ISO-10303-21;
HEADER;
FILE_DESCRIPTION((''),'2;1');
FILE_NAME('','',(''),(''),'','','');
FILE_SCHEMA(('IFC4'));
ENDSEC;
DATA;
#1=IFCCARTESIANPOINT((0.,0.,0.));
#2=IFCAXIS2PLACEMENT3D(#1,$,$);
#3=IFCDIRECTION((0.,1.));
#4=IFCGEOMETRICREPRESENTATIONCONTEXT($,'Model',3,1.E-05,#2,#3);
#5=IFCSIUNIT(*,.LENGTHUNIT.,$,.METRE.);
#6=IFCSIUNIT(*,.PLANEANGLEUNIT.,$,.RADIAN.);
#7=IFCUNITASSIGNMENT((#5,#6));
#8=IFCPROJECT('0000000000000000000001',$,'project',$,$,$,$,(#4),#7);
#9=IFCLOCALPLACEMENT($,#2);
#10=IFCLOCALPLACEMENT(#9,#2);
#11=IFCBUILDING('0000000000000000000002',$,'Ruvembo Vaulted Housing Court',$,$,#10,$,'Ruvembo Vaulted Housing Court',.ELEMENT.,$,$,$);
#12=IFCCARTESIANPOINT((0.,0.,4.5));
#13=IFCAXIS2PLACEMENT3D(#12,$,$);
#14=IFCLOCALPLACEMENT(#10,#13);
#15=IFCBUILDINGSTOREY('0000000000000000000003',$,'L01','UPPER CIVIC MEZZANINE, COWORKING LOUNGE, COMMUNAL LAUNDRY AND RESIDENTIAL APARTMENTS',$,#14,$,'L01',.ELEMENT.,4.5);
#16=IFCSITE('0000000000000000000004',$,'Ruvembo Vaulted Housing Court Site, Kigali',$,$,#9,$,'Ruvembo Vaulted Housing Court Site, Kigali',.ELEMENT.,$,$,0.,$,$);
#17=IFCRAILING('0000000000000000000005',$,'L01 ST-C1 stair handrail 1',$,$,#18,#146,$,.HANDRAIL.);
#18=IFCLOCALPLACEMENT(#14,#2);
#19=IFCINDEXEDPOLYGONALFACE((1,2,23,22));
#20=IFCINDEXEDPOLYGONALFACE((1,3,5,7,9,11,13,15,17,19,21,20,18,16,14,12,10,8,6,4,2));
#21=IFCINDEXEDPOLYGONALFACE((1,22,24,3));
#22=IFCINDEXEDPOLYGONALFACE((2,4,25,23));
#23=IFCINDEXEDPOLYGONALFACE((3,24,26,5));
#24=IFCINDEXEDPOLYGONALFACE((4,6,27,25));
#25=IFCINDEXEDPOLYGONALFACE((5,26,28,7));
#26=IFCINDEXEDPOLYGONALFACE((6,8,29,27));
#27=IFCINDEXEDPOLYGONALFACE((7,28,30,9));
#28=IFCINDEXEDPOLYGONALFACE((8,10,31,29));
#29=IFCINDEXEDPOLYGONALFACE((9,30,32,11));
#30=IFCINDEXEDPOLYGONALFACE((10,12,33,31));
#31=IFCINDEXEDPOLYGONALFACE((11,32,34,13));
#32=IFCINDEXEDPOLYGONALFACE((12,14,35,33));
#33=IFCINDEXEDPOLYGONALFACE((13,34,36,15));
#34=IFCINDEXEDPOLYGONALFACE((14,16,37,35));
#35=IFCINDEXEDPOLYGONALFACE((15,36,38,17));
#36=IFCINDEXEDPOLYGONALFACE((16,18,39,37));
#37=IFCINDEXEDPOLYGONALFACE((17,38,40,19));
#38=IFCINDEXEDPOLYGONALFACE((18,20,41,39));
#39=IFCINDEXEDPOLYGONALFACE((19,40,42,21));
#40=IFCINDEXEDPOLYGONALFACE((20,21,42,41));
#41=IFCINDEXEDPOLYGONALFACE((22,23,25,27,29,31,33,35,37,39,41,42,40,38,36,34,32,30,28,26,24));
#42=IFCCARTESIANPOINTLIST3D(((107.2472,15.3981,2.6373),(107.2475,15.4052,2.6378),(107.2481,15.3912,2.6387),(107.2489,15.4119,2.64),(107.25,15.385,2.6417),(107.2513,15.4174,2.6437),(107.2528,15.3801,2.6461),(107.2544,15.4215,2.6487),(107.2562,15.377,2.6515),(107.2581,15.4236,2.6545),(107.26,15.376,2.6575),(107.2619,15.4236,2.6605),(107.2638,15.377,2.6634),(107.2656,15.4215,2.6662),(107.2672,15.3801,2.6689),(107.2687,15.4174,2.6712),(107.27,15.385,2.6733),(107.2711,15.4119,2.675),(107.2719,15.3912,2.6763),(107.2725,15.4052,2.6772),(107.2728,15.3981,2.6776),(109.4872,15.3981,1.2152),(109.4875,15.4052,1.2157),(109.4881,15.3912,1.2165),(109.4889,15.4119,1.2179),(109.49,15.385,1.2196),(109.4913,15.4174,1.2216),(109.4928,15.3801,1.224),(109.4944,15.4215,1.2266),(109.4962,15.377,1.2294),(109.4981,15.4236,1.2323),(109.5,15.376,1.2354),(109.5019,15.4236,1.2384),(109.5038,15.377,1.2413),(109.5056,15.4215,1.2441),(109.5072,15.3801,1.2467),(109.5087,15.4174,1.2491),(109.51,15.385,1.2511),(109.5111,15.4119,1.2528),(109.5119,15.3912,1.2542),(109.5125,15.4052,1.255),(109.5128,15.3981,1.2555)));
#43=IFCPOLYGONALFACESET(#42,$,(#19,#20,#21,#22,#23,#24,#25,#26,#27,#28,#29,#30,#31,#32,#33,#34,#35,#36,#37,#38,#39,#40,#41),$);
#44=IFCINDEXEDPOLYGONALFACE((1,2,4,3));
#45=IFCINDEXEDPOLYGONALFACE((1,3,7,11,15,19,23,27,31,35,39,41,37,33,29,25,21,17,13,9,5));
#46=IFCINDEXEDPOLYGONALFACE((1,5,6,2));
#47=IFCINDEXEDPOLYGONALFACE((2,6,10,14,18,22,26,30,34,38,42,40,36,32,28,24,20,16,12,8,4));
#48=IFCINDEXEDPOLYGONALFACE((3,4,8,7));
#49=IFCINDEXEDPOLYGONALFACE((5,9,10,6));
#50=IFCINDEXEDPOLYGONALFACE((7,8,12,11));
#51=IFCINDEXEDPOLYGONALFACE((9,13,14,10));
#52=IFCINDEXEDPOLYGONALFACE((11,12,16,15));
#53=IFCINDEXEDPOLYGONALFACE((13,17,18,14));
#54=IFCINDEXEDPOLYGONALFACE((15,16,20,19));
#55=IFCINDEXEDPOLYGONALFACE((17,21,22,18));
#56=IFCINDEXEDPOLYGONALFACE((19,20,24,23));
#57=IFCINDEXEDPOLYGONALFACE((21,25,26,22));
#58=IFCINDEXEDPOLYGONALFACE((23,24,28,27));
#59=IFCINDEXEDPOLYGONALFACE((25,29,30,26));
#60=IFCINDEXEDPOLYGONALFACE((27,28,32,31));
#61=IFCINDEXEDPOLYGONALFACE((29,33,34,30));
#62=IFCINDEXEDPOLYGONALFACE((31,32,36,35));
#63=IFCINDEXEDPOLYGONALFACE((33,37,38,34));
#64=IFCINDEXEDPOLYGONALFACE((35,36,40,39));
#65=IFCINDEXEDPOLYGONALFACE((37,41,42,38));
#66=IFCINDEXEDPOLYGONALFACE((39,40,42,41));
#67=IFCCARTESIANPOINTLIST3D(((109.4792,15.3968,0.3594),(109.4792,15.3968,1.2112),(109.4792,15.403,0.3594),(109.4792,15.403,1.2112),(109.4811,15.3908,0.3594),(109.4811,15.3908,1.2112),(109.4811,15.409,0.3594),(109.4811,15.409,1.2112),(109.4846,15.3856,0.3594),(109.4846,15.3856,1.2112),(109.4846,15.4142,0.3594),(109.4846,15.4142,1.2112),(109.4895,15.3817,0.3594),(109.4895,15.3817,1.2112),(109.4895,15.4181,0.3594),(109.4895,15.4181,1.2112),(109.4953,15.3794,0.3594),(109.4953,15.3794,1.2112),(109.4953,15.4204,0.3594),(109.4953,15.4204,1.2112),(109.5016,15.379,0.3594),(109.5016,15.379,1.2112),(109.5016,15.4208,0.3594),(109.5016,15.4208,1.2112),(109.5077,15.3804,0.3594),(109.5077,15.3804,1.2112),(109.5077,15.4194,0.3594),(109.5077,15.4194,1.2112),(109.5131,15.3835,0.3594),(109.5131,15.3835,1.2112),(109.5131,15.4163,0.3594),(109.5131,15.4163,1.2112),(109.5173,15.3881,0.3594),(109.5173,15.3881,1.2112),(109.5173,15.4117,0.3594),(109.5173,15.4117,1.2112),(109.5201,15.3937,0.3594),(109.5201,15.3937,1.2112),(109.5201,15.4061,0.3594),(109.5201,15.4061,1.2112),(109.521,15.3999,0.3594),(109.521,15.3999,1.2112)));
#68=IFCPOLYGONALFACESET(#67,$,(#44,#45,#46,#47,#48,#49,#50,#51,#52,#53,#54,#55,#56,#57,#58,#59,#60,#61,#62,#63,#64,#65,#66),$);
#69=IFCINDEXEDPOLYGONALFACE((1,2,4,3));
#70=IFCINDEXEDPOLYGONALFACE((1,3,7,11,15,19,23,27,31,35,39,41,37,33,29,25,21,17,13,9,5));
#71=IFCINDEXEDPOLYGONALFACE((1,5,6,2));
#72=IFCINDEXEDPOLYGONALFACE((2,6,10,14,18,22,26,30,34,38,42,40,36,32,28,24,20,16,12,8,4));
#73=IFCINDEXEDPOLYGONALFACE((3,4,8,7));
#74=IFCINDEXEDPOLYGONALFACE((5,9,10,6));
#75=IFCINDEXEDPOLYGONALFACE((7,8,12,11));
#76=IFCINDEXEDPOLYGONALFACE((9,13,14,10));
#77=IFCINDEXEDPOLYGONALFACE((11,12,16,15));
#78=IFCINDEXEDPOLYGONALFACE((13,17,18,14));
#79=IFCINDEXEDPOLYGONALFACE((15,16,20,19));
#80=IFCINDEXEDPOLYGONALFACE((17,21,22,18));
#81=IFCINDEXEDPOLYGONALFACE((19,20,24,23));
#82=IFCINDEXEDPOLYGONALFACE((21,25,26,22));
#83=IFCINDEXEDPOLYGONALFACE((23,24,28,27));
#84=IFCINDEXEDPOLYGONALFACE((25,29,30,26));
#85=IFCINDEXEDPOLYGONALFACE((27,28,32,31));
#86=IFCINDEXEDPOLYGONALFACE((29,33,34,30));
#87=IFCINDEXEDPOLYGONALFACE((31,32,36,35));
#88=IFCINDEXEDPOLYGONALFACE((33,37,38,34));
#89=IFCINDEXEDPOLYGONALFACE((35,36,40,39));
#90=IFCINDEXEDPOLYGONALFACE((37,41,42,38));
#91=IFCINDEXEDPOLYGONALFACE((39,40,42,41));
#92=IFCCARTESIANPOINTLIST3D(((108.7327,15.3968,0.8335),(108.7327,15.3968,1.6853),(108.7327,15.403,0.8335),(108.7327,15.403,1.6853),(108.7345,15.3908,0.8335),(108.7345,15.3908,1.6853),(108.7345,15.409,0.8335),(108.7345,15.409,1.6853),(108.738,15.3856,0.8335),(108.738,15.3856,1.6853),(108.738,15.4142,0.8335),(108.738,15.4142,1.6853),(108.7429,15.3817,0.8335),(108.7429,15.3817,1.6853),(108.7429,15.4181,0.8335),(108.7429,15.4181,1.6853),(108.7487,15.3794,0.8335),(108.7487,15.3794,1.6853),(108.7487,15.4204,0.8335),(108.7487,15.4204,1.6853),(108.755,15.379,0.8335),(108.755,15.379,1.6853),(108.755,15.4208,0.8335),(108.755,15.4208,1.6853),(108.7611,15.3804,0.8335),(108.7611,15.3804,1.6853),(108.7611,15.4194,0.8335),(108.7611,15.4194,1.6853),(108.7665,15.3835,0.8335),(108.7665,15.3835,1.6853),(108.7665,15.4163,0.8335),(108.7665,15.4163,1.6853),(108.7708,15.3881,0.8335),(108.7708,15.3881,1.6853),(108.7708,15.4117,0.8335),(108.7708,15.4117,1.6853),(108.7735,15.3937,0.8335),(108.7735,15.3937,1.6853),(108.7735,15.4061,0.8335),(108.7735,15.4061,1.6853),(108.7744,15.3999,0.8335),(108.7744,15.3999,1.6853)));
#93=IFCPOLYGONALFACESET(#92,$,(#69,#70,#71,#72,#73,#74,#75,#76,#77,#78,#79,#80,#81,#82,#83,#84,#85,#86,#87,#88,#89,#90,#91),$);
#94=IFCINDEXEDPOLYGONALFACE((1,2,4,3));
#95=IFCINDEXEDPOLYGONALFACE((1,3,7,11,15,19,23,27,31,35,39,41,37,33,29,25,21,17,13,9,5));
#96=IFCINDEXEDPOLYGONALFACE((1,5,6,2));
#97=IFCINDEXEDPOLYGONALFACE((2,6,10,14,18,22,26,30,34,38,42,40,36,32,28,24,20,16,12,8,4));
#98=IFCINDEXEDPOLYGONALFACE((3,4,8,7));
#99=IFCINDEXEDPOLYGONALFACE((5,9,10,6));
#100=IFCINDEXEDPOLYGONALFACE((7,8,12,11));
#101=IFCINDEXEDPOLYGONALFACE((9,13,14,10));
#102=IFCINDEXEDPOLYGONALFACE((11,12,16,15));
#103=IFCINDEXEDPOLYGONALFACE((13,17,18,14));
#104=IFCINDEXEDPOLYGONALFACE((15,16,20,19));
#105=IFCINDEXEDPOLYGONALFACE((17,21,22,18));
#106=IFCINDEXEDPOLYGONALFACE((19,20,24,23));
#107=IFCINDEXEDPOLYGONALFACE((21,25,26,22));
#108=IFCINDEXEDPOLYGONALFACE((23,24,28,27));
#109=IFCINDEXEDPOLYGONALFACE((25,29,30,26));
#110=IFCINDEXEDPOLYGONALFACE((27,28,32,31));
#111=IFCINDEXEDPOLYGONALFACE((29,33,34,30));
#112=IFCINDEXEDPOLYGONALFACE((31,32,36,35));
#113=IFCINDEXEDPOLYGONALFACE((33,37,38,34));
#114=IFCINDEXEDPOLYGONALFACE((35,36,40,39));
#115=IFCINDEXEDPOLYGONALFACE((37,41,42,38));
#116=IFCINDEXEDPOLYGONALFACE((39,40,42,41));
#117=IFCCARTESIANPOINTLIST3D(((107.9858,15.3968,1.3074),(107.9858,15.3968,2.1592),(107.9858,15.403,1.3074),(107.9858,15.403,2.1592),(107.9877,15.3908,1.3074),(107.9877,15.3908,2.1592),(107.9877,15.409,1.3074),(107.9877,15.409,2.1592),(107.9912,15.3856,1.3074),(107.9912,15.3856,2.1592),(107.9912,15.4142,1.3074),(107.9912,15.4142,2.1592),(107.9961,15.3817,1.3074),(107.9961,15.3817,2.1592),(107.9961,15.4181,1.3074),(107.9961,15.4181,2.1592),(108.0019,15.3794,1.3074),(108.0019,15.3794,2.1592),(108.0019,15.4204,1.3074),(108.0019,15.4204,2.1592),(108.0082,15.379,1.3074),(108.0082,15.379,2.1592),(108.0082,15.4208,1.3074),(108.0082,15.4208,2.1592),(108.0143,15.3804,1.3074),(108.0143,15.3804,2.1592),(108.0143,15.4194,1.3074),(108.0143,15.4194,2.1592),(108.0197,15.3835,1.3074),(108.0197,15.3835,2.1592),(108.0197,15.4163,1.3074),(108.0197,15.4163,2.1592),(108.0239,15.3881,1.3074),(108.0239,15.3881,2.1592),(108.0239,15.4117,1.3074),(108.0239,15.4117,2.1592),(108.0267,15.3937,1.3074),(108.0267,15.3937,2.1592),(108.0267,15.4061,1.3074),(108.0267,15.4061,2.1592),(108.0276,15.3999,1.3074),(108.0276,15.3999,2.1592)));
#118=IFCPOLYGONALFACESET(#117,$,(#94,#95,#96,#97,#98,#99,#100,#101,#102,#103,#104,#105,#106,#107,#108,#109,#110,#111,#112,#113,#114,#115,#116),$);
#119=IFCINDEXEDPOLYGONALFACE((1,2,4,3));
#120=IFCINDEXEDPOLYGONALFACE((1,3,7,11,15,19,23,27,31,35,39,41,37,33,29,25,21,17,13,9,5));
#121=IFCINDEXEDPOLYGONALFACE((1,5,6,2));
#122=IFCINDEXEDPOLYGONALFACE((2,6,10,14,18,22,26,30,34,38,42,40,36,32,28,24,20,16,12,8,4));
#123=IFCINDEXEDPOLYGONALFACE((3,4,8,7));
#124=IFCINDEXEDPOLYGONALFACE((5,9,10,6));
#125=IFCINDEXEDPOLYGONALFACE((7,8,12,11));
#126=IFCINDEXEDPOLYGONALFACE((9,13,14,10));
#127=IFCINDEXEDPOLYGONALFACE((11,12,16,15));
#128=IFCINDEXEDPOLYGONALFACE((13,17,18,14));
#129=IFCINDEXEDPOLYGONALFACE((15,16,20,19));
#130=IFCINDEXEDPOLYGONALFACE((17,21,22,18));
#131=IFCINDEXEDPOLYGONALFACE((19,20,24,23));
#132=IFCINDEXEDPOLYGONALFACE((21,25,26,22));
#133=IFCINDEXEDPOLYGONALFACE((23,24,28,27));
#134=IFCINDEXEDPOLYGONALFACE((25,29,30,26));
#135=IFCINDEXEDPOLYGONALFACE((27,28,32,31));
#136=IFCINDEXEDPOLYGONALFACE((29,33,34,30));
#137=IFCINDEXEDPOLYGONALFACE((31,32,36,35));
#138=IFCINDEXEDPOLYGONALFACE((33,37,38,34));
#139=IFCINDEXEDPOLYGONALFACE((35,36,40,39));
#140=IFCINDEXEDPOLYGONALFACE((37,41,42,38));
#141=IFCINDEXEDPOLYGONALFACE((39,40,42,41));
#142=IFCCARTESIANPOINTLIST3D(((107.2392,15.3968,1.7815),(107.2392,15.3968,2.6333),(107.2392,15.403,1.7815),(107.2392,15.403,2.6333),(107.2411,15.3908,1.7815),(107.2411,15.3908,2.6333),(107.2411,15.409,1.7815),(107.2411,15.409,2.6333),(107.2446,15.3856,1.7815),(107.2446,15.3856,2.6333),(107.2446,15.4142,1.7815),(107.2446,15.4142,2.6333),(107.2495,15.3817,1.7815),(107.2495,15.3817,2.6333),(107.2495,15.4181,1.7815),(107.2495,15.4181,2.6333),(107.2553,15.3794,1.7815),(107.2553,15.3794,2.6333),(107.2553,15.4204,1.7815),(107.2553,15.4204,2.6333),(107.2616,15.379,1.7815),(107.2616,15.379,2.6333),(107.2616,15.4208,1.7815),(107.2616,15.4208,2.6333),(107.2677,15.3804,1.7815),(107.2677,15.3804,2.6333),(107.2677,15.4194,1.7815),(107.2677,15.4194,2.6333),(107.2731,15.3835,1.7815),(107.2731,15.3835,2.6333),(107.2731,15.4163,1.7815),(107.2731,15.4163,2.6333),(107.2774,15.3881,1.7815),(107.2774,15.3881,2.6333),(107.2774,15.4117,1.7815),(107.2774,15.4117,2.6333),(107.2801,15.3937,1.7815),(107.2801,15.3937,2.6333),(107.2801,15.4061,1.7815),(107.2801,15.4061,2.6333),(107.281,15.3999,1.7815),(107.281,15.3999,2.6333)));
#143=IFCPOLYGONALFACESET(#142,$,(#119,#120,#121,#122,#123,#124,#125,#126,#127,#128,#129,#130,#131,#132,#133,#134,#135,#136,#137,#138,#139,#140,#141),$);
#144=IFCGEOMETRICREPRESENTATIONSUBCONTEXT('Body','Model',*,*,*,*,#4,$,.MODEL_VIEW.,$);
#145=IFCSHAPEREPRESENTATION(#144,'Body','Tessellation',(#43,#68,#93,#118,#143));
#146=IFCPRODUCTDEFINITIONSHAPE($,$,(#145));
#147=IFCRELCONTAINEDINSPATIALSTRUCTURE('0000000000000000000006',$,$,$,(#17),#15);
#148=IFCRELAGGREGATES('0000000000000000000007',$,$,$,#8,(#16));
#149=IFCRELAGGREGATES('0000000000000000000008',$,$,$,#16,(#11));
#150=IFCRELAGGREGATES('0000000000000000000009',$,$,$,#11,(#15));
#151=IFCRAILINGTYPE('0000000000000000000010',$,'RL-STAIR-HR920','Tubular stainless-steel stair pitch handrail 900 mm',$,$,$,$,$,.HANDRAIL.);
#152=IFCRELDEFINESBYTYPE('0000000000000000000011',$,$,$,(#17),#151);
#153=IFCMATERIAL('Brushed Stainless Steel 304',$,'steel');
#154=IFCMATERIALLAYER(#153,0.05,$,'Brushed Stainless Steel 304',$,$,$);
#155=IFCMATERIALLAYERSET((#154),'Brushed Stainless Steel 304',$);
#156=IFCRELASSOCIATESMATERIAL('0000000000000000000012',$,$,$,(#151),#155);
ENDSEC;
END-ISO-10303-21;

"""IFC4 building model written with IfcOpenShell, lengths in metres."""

from ifc_helpers import new_model, si_unit, direction, frame, origin, origin_2d, place, context, subcontext, project, spatial, circle, extrude, material, layer, layer_set, type_object, element, save


model = new_model("IFC4")

# Units and contexts
model_context = context("Model", 3, precision=1e-05, world=origin(), true_north=direction((0.0, 1.0)))
body_context = subcontext(model_context, "Body", "Model", "MODEL_VIEW")
ifc_project = project(units=[si_unit("LENGTHUNIT", "METRE"), si_unit("PLANEANGLEUNIT", "RADIAN")], contexts=[model_context])

# Site, building, storey
site_placement = place(None, origin())
site = spatial("IfcSite", under=ifc_project, at=site_placement, Name="Ruvembo Vaulted Housing Court Site, Kigali", LongName="Ruvembo Vaulted Housing Court Site, Kigali", CompositionType="ELEMENT", RefElevation=0.0)
building_placement = place(site_placement, origin())
building = spatial("IfcBuilding", under=site, at=building_placement, Name="Ruvembo Vaulted Housing Court", LongName="Ruvembo Vaulted Housing Court", CompositionType="ELEMENT")
storey_placement = place(building_placement, frame((0.0, 0.0, 4.5)))
storey = spatial("IfcBuildingStorey", under=building, at=storey_placement, Name="L01", Description="UPPER CIVIC MEZZANINE, COWORKING LOUNGE, COMMUNAL LAUNDRY AND RESIDENTIAL APARTMENTS", LongName="L01", CompositionType="ELEMENT", Elevation=4.5)

# Shared definitions
ifc_material_1 = material(Name="Brushed Stainless Steel 304", Category="steel")

# Railing
ifc_layer_1 = layer(ifc_material_1, 0.05, Name="Brushed Stainless Steel 304")
ifc_layer_set_1 = layer_set([ifc_layer_1], Name="Brushed Stainless Steel 304")
railing_type_1 = type_object("IfcRailingType", Name="RL-STAIR-HR920", Description="Tubular stainless-steel stair pitch handrail 900 mm", PredefinedType="HANDRAIL", material=ifc_layer_set_1)
for number, where, name in (
    (1, (109.5, 15.3999, 0.3594), "L01 ST-C1 stair handrail 1"),
):
    element("IfcRailing", number, at=place(storey_placement, frame(where)), inside=storey, type_object=railing_type_1, Name=name, PredefinedType="HANDRAIL", context=body_context, shape_type="SweptSolid", body=[
        extrude(circle(Radius=0.0239, at=origin_2d()), frame((0.0, 0.0, 0.876), z_axis=(-0.844229, 0.0, 0.535982), x_axis=(0.0, -1.0, 0.0)), (0.0, 0.0, 1.0), 2.6533),
        extrude(circle(Radius=0.021, at=origin_2d()), origin(), (0.0, 0.0, 1.0), 0.8518),
        extrude(circle(Radius=0.021, at=origin_2d()), frame((-0.7466, 0.0, 0.4741)), (0.0, 0.0, 1.0), 0.8518),
        extrude(circle(Radius=0.021, at=origin_2d()), frame((-1.4934, 0.0, 0.948)), (0.0, 0.0, 1.0), 0.8518),
        extrude(circle(Radius=0.021, at=origin_2d()), frame((-2.24, 0.0, 1.4221)), (0.0, 0.0, 1.0), 0.8518),
    ])

save(model, "model.ifc")
